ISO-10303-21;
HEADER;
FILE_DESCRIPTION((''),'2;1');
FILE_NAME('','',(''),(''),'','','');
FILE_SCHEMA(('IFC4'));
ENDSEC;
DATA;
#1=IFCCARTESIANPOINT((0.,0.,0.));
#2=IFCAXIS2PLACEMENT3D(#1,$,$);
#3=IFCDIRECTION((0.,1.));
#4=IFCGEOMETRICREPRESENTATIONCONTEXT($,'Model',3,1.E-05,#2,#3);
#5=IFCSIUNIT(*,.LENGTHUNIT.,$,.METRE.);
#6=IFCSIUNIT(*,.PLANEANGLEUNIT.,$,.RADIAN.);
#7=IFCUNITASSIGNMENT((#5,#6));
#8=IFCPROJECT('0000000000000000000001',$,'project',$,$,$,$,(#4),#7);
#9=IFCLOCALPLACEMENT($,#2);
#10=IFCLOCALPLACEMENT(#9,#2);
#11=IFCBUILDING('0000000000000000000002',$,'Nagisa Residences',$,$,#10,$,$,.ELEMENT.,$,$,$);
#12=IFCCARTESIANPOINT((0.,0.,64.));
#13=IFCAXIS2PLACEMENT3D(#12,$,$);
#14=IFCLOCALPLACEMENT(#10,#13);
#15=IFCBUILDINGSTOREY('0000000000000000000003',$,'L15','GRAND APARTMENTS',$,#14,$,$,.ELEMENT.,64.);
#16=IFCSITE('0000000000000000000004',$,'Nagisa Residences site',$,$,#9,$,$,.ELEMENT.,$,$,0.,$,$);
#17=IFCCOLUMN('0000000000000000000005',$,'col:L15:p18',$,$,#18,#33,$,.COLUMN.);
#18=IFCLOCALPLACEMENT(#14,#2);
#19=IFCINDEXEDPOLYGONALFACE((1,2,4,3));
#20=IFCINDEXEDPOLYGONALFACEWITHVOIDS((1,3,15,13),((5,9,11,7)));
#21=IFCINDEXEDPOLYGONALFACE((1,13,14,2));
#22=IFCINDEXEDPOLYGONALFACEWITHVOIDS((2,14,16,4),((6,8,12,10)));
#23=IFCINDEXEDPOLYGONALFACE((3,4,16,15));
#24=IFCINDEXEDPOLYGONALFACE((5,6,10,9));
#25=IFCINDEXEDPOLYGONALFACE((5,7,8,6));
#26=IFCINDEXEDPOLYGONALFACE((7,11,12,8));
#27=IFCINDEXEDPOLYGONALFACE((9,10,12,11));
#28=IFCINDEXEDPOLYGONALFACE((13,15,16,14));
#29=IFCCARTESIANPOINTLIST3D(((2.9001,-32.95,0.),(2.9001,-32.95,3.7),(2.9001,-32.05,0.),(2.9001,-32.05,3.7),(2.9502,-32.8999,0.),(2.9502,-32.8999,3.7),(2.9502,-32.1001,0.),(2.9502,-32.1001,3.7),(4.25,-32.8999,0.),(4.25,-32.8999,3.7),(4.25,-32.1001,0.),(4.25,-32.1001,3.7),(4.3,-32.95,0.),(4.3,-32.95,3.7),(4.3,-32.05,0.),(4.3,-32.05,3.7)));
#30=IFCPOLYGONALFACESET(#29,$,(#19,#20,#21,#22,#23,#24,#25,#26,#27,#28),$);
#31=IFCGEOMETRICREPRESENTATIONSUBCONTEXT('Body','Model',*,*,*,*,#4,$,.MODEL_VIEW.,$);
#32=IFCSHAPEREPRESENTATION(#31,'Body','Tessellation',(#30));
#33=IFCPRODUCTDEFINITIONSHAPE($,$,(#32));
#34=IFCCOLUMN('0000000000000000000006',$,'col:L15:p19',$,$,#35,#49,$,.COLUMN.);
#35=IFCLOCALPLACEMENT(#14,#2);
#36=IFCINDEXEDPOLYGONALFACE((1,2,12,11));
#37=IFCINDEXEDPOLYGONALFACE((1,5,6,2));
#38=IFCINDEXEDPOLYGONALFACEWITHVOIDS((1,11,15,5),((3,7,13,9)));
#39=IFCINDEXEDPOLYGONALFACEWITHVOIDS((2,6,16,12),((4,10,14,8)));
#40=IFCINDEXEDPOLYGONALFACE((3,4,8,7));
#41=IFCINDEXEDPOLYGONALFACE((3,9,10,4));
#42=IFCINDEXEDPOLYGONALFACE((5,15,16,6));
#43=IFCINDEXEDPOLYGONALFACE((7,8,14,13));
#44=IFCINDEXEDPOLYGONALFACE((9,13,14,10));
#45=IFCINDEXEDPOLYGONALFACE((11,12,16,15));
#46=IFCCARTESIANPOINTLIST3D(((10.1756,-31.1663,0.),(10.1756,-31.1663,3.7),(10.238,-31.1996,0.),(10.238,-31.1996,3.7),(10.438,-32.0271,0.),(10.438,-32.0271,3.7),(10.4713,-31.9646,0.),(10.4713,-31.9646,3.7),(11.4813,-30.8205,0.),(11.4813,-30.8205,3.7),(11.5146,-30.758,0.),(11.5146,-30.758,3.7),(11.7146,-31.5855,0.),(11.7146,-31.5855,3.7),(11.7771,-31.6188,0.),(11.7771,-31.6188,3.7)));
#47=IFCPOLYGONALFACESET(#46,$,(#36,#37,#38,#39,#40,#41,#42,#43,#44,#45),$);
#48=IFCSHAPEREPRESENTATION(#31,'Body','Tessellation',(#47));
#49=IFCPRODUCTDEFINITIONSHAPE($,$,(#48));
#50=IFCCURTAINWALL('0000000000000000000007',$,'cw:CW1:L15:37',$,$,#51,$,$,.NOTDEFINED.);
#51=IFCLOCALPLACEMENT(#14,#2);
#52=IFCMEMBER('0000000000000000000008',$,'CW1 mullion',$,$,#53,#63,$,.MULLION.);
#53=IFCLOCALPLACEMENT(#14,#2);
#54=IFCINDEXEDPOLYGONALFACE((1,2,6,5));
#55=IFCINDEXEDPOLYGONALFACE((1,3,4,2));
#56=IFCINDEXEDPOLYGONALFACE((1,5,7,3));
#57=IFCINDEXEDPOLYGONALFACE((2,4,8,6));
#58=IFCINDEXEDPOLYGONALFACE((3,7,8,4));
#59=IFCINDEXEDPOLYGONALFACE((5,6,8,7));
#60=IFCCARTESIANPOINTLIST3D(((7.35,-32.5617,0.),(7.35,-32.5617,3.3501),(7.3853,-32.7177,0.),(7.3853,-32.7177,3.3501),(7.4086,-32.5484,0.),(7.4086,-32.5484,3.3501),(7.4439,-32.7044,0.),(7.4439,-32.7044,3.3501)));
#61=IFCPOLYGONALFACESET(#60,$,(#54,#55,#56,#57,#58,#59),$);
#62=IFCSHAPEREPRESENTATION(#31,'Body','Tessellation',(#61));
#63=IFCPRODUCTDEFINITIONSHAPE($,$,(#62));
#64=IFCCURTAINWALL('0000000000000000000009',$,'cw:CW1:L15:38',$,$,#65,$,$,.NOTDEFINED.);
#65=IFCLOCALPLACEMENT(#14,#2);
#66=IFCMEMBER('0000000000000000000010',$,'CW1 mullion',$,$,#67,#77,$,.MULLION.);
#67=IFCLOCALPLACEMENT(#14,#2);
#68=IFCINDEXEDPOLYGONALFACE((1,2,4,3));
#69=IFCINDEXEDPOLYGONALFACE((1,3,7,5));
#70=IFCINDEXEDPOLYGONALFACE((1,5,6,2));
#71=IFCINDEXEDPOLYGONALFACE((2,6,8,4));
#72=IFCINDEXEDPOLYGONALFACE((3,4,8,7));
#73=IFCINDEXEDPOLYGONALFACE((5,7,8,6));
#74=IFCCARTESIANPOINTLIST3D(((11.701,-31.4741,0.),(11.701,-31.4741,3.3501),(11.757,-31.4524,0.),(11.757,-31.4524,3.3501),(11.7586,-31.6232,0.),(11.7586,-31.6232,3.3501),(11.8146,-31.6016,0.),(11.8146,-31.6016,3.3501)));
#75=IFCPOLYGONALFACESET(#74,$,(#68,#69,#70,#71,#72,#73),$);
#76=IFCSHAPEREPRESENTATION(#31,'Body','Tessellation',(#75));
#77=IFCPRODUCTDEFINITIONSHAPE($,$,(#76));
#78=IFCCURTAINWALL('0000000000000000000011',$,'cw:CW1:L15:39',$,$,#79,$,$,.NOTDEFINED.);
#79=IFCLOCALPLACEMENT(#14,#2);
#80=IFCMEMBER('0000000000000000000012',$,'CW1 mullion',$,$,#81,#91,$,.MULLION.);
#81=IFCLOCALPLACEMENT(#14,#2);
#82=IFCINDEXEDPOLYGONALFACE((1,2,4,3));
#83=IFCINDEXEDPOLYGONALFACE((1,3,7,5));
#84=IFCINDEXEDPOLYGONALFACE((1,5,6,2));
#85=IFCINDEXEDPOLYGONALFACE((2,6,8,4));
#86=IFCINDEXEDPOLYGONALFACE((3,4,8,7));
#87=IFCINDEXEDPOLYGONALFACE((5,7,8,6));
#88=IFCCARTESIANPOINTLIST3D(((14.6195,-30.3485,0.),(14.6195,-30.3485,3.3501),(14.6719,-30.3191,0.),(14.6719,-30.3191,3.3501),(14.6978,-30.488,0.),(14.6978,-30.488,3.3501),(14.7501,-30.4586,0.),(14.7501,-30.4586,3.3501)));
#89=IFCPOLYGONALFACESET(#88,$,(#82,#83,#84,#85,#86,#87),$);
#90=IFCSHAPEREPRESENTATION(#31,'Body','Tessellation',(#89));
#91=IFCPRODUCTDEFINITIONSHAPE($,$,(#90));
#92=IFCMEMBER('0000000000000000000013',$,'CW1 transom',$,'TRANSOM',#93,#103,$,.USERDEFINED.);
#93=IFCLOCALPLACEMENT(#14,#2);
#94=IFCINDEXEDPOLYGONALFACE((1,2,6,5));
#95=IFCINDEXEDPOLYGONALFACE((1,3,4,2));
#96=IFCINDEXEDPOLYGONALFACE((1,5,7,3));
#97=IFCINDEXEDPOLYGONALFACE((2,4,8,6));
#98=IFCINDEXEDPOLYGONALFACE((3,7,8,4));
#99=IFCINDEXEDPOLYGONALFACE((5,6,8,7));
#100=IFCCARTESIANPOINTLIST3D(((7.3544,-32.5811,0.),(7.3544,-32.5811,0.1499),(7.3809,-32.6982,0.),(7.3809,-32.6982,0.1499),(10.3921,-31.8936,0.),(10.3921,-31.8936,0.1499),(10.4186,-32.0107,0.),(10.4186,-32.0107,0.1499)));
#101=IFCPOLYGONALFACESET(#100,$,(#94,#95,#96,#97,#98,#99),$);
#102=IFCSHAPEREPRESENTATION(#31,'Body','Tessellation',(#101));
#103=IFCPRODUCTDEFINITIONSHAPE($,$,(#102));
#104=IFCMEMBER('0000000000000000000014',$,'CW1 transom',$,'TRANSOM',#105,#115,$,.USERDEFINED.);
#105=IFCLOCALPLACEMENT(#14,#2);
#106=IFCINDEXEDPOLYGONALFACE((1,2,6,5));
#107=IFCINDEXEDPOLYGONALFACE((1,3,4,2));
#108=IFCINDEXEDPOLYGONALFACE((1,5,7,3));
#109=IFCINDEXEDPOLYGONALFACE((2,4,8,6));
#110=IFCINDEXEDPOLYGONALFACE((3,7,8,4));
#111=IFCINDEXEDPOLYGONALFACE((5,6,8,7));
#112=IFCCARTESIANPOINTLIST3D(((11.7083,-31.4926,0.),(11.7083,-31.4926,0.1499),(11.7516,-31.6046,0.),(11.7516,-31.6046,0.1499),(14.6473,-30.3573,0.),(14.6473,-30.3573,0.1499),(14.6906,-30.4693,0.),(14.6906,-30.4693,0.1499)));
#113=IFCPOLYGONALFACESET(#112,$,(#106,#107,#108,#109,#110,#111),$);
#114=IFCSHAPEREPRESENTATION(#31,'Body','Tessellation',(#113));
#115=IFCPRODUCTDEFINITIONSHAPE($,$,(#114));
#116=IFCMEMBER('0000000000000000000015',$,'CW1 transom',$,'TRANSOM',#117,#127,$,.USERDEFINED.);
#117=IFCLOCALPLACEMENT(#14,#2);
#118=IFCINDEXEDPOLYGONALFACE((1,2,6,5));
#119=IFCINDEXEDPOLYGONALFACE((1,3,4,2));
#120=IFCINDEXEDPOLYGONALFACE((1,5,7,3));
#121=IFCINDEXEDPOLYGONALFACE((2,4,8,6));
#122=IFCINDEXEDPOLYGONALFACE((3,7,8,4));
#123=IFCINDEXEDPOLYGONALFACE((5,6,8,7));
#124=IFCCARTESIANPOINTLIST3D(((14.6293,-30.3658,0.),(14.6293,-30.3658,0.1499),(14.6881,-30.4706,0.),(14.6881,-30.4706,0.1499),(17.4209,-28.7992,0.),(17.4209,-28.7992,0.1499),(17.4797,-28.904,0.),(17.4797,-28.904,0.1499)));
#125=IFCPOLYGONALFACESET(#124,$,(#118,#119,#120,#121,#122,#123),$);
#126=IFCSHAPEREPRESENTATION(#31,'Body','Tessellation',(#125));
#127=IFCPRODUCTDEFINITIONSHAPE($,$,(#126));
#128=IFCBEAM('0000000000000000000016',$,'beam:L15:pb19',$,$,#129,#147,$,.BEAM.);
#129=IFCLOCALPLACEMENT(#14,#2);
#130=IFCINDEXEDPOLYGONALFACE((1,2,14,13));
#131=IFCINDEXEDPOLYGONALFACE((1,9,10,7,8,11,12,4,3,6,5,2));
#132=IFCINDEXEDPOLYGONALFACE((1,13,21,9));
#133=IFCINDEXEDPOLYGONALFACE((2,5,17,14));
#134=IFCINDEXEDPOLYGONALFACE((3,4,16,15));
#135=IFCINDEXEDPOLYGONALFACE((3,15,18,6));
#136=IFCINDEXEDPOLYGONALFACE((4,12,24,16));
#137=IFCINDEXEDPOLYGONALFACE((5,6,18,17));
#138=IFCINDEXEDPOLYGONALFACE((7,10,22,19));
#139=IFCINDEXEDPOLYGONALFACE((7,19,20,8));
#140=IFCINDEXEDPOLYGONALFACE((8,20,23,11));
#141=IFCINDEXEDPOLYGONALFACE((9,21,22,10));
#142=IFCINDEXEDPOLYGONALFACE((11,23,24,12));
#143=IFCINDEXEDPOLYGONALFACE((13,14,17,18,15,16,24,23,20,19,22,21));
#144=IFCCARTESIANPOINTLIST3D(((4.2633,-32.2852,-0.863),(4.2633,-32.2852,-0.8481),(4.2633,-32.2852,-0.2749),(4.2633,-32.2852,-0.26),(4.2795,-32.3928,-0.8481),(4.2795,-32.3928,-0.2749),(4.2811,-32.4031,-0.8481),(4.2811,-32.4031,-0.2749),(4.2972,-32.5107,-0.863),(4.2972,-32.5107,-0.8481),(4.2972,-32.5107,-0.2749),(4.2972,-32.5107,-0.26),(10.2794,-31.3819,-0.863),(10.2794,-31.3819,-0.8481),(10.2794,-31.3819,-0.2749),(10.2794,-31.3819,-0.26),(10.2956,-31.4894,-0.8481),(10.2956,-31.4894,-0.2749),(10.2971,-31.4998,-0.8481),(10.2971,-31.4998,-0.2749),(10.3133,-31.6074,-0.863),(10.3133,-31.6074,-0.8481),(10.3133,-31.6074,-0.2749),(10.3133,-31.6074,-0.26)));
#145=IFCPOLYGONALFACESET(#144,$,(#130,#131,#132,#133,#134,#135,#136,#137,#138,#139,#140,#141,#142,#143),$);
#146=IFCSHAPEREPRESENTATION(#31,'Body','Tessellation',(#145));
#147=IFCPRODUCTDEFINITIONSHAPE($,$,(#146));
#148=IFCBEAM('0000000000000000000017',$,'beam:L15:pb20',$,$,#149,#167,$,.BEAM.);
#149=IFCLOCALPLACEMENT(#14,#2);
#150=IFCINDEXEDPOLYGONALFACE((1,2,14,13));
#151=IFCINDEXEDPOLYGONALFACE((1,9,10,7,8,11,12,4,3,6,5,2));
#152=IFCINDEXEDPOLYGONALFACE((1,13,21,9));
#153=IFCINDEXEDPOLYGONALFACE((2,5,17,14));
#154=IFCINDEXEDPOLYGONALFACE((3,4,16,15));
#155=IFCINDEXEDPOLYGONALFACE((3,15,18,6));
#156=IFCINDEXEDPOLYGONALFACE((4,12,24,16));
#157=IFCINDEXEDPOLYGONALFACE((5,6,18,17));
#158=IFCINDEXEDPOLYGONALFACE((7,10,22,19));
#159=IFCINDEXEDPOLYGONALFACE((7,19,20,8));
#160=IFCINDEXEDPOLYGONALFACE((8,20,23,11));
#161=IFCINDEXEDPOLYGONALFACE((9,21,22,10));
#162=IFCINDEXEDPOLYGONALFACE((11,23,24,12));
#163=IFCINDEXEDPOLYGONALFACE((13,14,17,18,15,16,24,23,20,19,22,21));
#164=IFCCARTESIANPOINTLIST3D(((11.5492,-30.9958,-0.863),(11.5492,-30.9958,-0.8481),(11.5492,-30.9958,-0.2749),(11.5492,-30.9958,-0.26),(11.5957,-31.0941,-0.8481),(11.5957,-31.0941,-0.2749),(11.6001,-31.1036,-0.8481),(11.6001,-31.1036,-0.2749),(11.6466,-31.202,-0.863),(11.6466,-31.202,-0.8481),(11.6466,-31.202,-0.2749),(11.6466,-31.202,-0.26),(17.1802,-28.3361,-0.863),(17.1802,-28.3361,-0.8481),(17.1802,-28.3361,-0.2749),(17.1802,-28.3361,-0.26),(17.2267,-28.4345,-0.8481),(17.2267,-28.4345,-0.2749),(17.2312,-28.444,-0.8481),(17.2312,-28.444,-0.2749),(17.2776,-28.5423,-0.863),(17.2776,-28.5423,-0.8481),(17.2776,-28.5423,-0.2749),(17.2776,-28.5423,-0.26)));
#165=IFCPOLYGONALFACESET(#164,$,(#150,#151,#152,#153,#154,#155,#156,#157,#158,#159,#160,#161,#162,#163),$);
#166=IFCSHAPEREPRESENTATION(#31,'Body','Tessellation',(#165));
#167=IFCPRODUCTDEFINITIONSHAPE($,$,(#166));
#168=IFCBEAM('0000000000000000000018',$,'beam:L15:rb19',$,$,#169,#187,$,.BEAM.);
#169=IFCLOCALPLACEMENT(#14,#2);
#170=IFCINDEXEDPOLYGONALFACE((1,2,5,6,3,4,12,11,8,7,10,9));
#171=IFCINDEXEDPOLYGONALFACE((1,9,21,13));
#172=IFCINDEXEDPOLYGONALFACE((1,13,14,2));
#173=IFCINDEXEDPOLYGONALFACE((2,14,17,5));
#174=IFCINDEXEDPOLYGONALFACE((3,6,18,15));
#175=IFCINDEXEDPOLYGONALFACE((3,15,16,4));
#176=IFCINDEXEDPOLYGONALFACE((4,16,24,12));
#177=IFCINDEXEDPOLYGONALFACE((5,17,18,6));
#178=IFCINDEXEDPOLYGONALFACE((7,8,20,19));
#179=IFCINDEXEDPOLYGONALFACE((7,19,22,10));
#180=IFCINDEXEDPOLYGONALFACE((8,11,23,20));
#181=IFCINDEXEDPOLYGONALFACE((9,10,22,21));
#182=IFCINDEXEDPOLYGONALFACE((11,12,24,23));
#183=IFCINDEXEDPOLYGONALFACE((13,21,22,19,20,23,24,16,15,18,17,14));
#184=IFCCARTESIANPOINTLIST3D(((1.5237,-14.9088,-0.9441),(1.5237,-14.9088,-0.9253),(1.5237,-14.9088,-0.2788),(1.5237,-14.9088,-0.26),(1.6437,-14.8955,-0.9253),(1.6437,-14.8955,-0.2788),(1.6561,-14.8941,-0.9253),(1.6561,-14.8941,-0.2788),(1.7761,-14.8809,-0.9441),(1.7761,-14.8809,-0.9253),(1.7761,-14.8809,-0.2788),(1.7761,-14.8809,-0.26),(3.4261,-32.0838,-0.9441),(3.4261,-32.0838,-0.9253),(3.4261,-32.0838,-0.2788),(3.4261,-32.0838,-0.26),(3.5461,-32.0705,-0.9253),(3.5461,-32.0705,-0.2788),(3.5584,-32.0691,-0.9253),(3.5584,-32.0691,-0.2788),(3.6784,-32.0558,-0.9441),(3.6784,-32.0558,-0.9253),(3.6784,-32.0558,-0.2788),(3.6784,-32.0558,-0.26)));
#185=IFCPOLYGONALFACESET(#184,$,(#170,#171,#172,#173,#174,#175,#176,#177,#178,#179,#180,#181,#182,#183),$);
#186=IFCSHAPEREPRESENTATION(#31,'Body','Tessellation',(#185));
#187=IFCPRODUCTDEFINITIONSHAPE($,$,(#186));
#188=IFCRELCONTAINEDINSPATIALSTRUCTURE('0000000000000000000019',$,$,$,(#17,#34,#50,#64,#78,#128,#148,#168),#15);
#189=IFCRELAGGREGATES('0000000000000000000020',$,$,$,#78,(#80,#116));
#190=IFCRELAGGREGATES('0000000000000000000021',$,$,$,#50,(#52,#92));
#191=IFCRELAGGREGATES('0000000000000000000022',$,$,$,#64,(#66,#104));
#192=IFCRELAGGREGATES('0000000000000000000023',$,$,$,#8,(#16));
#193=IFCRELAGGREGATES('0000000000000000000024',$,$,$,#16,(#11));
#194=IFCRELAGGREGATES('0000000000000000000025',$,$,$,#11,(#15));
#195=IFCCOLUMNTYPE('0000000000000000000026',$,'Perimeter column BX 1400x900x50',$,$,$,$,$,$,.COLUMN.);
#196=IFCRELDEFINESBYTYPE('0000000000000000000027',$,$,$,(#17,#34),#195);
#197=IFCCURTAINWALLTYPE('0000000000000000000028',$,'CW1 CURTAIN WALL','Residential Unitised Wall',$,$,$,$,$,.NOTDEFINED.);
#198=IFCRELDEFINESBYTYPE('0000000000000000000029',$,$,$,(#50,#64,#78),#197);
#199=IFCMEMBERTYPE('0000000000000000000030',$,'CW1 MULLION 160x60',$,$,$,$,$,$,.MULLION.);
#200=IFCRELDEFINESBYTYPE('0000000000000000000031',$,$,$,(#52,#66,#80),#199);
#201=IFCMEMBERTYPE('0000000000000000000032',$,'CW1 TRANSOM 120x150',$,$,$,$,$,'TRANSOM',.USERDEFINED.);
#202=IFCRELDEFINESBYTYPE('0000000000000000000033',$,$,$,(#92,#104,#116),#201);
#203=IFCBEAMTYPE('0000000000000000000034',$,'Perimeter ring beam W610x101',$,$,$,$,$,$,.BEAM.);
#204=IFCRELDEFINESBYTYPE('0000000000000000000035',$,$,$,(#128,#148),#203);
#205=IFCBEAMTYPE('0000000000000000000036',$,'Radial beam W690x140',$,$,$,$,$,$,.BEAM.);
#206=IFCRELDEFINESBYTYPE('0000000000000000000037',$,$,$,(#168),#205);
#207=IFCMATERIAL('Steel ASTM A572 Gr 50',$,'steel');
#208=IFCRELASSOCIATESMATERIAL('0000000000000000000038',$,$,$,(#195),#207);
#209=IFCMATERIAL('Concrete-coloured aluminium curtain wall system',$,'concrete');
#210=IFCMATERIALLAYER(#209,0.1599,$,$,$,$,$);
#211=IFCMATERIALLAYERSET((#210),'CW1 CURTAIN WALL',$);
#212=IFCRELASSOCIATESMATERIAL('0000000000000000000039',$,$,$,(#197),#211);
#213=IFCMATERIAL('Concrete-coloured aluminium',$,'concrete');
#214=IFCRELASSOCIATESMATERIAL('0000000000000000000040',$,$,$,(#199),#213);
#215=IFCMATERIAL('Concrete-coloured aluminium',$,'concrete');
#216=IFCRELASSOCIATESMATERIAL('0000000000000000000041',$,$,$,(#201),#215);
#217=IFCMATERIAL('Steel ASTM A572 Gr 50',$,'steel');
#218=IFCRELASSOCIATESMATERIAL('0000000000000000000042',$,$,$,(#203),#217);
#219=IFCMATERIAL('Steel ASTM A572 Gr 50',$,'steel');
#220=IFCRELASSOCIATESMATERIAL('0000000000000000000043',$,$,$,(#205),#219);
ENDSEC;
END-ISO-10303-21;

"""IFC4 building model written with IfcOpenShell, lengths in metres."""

from ifc_helpers import new_model, si_unit, direction, frame, origin, origin_2d, place, context, subcontext, project, spatial, rectangle, hollow_rectangle, i_section, extrude, material, layer, layer_set, material_profile, profile_set, type_object, element, aggregate, save


model = new_model("IFC4")

# Units and contexts
model_context = context("Model", 3, precision=1e-05, world=origin(), true_north=direction((0.0, 1.0)))
body_context = subcontext(model_context, "Body", "Model", "MODEL_VIEW")
ifc_project = project(units=[si_unit("LENGTHUNIT", "METRE"), si_unit("PLANEANGLEUNIT", "RADIAN")], contexts=[model_context])

# Site, building, storey
site_placement = place(None, origin())
site = spatial("IfcSite", under=ifc_project, at=site_placement, Name="Nagisa Residences site", CompositionType="ELEMENT", RefElevation=0.0)
building_placement = place(site_placement, origin())
building = spatial("IfcBuilding", under=site, at=building_placement, Name="Nagisa Residences", CompositionType="ELEMENT")
storey_placement = place(building_placement, frame((0.0, 0.0, 64.0)))
storey = spatial("IfcBuildingStorey", under=building, at=storey_placement, Name="L15", Description="GRAND APARTMENTS", CompositionType="ELEMENT", Elevation=64.0)

# Columns
ifc_material_1 = material(Name="Steel ASTM A572 Gr 50", Category="steel")
ifc_material_profile_1 = material_profile(ifc_material_1, hollow_rectangle(XDim=1.3999, YDim=0.8999, WallThickness=0.05, at=origin_2d()), Name="BX 1400x900x50")
ifc_profile_set_1 = profile_set([ifc_material_profile_1], Name="Steel ASTM A572 Gr 50")
column_type = type_object("IfcColumnType", Name="Perimeter column BX 1400x900x50", PredefinedType="COLUMN", material=ifc_profile_set_1)
for number, where, z_axis, x_axis, name in (
    (1, (3.6001, -32.5, 0.0), (0.0, 0.0, 1.0), (1.0, 0.0, 0.0), "col:L15:p18"),
    (2, (10.9763, -31.3926, 0.0), (0.0, 0.0, 1.0), (0.956525, 0.291652, 0.0), "col:L15:p19"),
):
    element("IfcColumn", number, at=place(storey_placement, frame(where, z_axis=z_axis, x_axis=x_axis)), inside=storey, type_object=column_type, Name=name, PredefinedType="COLUMN", context=body_context, shape_type="SweptSolid", body=[
        extrude(hollow_rectangle(XDim=1.3999, YDim=0.8999, WallThickness=0.05, at=origin_2d()), origin(), (0.0, 0.0, 1.0), 3.7),
    ])

# Curtain walls, members
ifc_material_2 = material(Name="Concrete-coloured aluminium curtain wall system", Category="concrete")
ifc_layer_1 = layer(ifc_material_2, 0.1599)
ifc_layer_set_1 = layer_set([ifc_layer_1], Name="CW1 CURTAIN WALL")
curtain_wall_type = type_object("IfcCurtainWallType", Name="CW1 CURTAIN WALL", Description="Residential Unitised Wall", PredefinedType="NOTDEFINED", material=ifc_layer_set_1)
curtain_wall_1_placement = place(storey_placement, origin())
curtain_wall_1 = element("IfcCurtainWall", 3, at=curtain_wall_1_placement, inside=storey, type_object=curtain_wall_type, Name="cw:CW1:L15:37", PredefinedType="NOTDEFINED")
ifc_material_3 = material(Name="Concrete-coloured aluminium", Category="concrete")
ifc_material_profile_2 = material_profile(ifc_material_3, rectangle(XDim=0.1599, YDim=0.0601, at=origin_2d()), Name="CW1 MULLION 160x60")
ifc_profile_set_2 = profile_set([ifc_material_profile_2], Name="Concrete-coloured aluminium")
member_type_1 = type_object("IfcMemberType", Name="CW1 MULLION 160x60", PredefinedType="MULLION", material=ifc_profile_set_2)
member_1_placement = place(storey_placement, frame((7.397, -32.6331, 0.0), z_axis=(0.0, 0.0, 1.0), x_axis=(-0.220764, 0.975327, 0.0)))
member_1 = element("IfcMember", 4, at=member_1_placement, type_object=member_type_1, Name="CW1 mullion", PredefinedType="MULLION", context=body_context, shape_type="SweptSolid", body=[
    extrude(rectangle(XDim=0.1599, YDim=0.0601, at=origin_2d()), origin(), (0.0, 0.0, 1.0), 3.3501),
])
curtain_wall_2_placement = place(storey_placement, origin())
curtain_wall_2 = element("IfcCurtainWall", 5, at=curtain_wall_2_placement, inside=storey, type_object=curtain_wall_type, Name="cw:CW1:L15:38", PredefinedType="NOTDEFINED")
member_2_placement = place(storey_placement, frame((11.7578, -31.5378, 0.0), z_axis=(0.0, 0.0, 1.0), x_axis=(-0.360328, 0.932826, 0.0)))
member_2 = element("IfcMember", 6, at=member_2_placement, type_object=member_type_1, Name="CW1 mullion", PredefinedType="MULLION", context=body_context, shape_type="SweptSolid", body=[
    extrude(rectangle(XDim=0.1599, YDim=0.0601, at=origin_2d()), origin(), (0.0, 0.0, 1.0), 3.3501),
])
curtain_wall_3_placement = place(storey_placement, origin())
curtain_wall_3 = element("IfcCurtainWall", 7, at=curtain_wall_3_placement, inside=storey, type_object=curtain_wall_type, Name="cw:CW1:L15:39", PredefinedType="NOTDEFINED")
member_3_placement = place(storey_placement, frame((14.6848, -30.4036, 0.0), z_axis=(0.0, 0.0, 1.0), x_axis=(-0.489377, 0.872072, 0.0)))
member_3 = element("IfcMember", 8, at=member_3_placement, type_object=member_type_1, Name="CW1 mullion", PredefinedType="MULLION", context=body_context, shape_type="SweptSolid", body=[
    extrude(rectangle(XDim=0.1599, YDim=0.0601, at=origin_2d()), origin(), (0.0, 0.0, 1.0), 3.3501),
])

# Members
ifc_material_4 = material(Name="Concrete-coloured aluminium", Category="concrete")
ifc_material_profile_3 = material_profile(ifc_material_4, rectangle(XDim=0.1201, YDim=0.1499, at=origin_2d()), Name="CW1 TRANSOM 120x150")
ifc_profile_set_3 = profile_set([ifc_material_profile_3], Name="Concrete-coloured aluminium")
member_type_2 = type_object("IfcMemberType", Name="CW1 TRANSOM 120x150", ElementType="TRANSOM", PredefinedType="USERDEFINED", material=ifc_profile_set_3)
member_4_placement = place(storey_placement, frame((7.3677, -32.6396, 0.075), z_axis=(0.975331, 0.220747, 0.0), x_axis=(-0.220747, 0.975331, 0.0)))
member_4 = element("IfcMember", 9, at=member_4_placement, type_object=member_type_2, Name="CW1 transom", ObjectType="TRANSOM", PredefinedType="USERDEFINED", context=body_context, shape_type="SweptSolid", body=[
    extrude(rectangle(XDim=0.1201, YDim=0.1499, at=origin_2d()), origin(), (0.0, 0.0, 1.0), 3.1145),
])
member_5_placement = place(storey_placement, frame((11.73, -31.5486, 0.075), z_axis=(0.932825, 0.360329, 0.0), x_axis=(-0.360329, 0.932825, 0.0)))
member_5 = element("IfcMember", 10, at=member_5_placement, type_object=member_type_2, Name="CW1 transom", ObjectType="TRANSOM", PredefinedType="USERDEFINED", context=body_context, shape_type="SweptSolid", body=[
    extrude(rectangle(XDim=0.1201, YDim=0.1499, at=origin_2d()), origin(), (0.0, 0.0, 1.0), 3.1506),
])
member_6_placement = place(storey_placement, frame((14.6587, -30.4182, 0.075), z_axis=(0.87207, 0.489381, 0.0), x_axis=(-0.489381, 0.87207, 0.0)))
member_6 = element("IfcMember", 11, at=member_6_placement, type_object=member_type_2, Name="CW1 transom", ObjectType="TRANSOM", PredefinedType="USERDEFINED", context=body_context, shape_type="SweptSolid", body=[
    extrude(rectangle(XDim=0.1201, YDim=0.1499, at=origin_2d()), origin(), (0.0, 0.0, 1.0), 3.2012),
])
aggregate(curtain_wall_3, [member_3, member_6])

# Beams
ifc_material_5 = material(Name="Steel ASTM A572 Gr 50", Category="steel")
ifc_material_profile_4 = material_profile(ifc_material_5, i_section(OverallWidth=0.228, OverallDepth=0.603, WebThickness=0.0105, FlangeThickness=0.0149, at=origin_2d()), Name="W610x101")
ifc_profile_set_4 = profile_set([ifc_material_profile_4], Name="Steel ASTM A572 Gr 50")
beam_type_1 = type_object("IfcBeamType", Name="Perimeter ring beam W610x101", PredefinedType="BEAM", material=ifc_profile_set_4)
beam_1_placement = place(storey_placement, frame((4.2803, -32.3979, -0.5615), z_axis=(0.988915, 0.148486, 0.0), x_axis=(-0.148486, 0.988915, 0.0)))
element("IfcBeam", 12, at=beam_1_placement, inside=storey, type_object=beam_type_1, Name="beam:L15:pb19", PredefinedType="BEAM", context=body_context, shape_type="SweptSolid", body=[
    extrude(i_section(OverallWidth=0.228, OverallDepth=0.603, WebThickness=0.0105, FlangeThickness=0.0149, at=origin_2d()), origin(), (0.0, 0.0, 1.0), 6.0835),
])
beam_2_placement = place(storey_placement, frame((11.5979, -31.0989, -0.5615), z_axis=(0.904215, 0.427077, 0.0), x_axis=(-0.427077, 0.904215, 0.0)))
element("IfcBeam", 13, at=beam_2_placement, inside=storey, type_object=beam_type_1, Name="beam:L15:pb20", PredefinedType="BEAM", context=body_context, shape_type="SweptSolid", body=[
    extrude(i_section(OverallWidth=0.228, OverallDepth=0.603, WebThickness=0.0105, FlangeThickness=0.0149, at=origin_2d()), origin(), (0.0, 0.0, 1.0), 6.2275),
])
ifc_material_6 = material(Name="Steel ASTM A572 Gr 50", Category="steel")
ifc_material_profile_5 = material_profile(ifc_material_6, i_section(OverallWidth=0.2539, OverallDepth=0.6841, WebThickness=0.0125, FlangeThickness=0.0188, at=origin_2d()), Name="W690x140")
ifc_profile_set_5 = profile_set([ifc_material_profile_5], Name="Steel ASTM A572 Gr 50")
beam_type_2 = type_object("IfcBeamType", Name="Radial beam W690x140", PredefinedType="BEAM", material=ifc_profile_set_5)
beam_3_placement = place(storey_placement, frame((3.5522, -32.0698, -0.6021), z_axis=(-0.110089, 0.993922, 0.0), x_axis=(-0.993922, -0.110089, 0.0)))
element("IfcBeam", 14, at=beam_3_placement, inside=storey, type_object=beam_type_2, Name="beam:L15:rb19", PredefinedType="BEAM", context=body_context, shape_type="SweptSolid", body=[
    extrude(i_section(OverallWidth=0.2539, OverallDepth=0.6841, WebThickness=0.0125, FlangeThickness=0.0188, at=origin_2d()), origin(), (0.0, 0.0, 1.0), 17.28),
])

aggregate(curtain_wall_1, [member_1, member_4])
aggregate(curtain_wall_2, [member_2, member_5])

save(model, "model.ifc")
